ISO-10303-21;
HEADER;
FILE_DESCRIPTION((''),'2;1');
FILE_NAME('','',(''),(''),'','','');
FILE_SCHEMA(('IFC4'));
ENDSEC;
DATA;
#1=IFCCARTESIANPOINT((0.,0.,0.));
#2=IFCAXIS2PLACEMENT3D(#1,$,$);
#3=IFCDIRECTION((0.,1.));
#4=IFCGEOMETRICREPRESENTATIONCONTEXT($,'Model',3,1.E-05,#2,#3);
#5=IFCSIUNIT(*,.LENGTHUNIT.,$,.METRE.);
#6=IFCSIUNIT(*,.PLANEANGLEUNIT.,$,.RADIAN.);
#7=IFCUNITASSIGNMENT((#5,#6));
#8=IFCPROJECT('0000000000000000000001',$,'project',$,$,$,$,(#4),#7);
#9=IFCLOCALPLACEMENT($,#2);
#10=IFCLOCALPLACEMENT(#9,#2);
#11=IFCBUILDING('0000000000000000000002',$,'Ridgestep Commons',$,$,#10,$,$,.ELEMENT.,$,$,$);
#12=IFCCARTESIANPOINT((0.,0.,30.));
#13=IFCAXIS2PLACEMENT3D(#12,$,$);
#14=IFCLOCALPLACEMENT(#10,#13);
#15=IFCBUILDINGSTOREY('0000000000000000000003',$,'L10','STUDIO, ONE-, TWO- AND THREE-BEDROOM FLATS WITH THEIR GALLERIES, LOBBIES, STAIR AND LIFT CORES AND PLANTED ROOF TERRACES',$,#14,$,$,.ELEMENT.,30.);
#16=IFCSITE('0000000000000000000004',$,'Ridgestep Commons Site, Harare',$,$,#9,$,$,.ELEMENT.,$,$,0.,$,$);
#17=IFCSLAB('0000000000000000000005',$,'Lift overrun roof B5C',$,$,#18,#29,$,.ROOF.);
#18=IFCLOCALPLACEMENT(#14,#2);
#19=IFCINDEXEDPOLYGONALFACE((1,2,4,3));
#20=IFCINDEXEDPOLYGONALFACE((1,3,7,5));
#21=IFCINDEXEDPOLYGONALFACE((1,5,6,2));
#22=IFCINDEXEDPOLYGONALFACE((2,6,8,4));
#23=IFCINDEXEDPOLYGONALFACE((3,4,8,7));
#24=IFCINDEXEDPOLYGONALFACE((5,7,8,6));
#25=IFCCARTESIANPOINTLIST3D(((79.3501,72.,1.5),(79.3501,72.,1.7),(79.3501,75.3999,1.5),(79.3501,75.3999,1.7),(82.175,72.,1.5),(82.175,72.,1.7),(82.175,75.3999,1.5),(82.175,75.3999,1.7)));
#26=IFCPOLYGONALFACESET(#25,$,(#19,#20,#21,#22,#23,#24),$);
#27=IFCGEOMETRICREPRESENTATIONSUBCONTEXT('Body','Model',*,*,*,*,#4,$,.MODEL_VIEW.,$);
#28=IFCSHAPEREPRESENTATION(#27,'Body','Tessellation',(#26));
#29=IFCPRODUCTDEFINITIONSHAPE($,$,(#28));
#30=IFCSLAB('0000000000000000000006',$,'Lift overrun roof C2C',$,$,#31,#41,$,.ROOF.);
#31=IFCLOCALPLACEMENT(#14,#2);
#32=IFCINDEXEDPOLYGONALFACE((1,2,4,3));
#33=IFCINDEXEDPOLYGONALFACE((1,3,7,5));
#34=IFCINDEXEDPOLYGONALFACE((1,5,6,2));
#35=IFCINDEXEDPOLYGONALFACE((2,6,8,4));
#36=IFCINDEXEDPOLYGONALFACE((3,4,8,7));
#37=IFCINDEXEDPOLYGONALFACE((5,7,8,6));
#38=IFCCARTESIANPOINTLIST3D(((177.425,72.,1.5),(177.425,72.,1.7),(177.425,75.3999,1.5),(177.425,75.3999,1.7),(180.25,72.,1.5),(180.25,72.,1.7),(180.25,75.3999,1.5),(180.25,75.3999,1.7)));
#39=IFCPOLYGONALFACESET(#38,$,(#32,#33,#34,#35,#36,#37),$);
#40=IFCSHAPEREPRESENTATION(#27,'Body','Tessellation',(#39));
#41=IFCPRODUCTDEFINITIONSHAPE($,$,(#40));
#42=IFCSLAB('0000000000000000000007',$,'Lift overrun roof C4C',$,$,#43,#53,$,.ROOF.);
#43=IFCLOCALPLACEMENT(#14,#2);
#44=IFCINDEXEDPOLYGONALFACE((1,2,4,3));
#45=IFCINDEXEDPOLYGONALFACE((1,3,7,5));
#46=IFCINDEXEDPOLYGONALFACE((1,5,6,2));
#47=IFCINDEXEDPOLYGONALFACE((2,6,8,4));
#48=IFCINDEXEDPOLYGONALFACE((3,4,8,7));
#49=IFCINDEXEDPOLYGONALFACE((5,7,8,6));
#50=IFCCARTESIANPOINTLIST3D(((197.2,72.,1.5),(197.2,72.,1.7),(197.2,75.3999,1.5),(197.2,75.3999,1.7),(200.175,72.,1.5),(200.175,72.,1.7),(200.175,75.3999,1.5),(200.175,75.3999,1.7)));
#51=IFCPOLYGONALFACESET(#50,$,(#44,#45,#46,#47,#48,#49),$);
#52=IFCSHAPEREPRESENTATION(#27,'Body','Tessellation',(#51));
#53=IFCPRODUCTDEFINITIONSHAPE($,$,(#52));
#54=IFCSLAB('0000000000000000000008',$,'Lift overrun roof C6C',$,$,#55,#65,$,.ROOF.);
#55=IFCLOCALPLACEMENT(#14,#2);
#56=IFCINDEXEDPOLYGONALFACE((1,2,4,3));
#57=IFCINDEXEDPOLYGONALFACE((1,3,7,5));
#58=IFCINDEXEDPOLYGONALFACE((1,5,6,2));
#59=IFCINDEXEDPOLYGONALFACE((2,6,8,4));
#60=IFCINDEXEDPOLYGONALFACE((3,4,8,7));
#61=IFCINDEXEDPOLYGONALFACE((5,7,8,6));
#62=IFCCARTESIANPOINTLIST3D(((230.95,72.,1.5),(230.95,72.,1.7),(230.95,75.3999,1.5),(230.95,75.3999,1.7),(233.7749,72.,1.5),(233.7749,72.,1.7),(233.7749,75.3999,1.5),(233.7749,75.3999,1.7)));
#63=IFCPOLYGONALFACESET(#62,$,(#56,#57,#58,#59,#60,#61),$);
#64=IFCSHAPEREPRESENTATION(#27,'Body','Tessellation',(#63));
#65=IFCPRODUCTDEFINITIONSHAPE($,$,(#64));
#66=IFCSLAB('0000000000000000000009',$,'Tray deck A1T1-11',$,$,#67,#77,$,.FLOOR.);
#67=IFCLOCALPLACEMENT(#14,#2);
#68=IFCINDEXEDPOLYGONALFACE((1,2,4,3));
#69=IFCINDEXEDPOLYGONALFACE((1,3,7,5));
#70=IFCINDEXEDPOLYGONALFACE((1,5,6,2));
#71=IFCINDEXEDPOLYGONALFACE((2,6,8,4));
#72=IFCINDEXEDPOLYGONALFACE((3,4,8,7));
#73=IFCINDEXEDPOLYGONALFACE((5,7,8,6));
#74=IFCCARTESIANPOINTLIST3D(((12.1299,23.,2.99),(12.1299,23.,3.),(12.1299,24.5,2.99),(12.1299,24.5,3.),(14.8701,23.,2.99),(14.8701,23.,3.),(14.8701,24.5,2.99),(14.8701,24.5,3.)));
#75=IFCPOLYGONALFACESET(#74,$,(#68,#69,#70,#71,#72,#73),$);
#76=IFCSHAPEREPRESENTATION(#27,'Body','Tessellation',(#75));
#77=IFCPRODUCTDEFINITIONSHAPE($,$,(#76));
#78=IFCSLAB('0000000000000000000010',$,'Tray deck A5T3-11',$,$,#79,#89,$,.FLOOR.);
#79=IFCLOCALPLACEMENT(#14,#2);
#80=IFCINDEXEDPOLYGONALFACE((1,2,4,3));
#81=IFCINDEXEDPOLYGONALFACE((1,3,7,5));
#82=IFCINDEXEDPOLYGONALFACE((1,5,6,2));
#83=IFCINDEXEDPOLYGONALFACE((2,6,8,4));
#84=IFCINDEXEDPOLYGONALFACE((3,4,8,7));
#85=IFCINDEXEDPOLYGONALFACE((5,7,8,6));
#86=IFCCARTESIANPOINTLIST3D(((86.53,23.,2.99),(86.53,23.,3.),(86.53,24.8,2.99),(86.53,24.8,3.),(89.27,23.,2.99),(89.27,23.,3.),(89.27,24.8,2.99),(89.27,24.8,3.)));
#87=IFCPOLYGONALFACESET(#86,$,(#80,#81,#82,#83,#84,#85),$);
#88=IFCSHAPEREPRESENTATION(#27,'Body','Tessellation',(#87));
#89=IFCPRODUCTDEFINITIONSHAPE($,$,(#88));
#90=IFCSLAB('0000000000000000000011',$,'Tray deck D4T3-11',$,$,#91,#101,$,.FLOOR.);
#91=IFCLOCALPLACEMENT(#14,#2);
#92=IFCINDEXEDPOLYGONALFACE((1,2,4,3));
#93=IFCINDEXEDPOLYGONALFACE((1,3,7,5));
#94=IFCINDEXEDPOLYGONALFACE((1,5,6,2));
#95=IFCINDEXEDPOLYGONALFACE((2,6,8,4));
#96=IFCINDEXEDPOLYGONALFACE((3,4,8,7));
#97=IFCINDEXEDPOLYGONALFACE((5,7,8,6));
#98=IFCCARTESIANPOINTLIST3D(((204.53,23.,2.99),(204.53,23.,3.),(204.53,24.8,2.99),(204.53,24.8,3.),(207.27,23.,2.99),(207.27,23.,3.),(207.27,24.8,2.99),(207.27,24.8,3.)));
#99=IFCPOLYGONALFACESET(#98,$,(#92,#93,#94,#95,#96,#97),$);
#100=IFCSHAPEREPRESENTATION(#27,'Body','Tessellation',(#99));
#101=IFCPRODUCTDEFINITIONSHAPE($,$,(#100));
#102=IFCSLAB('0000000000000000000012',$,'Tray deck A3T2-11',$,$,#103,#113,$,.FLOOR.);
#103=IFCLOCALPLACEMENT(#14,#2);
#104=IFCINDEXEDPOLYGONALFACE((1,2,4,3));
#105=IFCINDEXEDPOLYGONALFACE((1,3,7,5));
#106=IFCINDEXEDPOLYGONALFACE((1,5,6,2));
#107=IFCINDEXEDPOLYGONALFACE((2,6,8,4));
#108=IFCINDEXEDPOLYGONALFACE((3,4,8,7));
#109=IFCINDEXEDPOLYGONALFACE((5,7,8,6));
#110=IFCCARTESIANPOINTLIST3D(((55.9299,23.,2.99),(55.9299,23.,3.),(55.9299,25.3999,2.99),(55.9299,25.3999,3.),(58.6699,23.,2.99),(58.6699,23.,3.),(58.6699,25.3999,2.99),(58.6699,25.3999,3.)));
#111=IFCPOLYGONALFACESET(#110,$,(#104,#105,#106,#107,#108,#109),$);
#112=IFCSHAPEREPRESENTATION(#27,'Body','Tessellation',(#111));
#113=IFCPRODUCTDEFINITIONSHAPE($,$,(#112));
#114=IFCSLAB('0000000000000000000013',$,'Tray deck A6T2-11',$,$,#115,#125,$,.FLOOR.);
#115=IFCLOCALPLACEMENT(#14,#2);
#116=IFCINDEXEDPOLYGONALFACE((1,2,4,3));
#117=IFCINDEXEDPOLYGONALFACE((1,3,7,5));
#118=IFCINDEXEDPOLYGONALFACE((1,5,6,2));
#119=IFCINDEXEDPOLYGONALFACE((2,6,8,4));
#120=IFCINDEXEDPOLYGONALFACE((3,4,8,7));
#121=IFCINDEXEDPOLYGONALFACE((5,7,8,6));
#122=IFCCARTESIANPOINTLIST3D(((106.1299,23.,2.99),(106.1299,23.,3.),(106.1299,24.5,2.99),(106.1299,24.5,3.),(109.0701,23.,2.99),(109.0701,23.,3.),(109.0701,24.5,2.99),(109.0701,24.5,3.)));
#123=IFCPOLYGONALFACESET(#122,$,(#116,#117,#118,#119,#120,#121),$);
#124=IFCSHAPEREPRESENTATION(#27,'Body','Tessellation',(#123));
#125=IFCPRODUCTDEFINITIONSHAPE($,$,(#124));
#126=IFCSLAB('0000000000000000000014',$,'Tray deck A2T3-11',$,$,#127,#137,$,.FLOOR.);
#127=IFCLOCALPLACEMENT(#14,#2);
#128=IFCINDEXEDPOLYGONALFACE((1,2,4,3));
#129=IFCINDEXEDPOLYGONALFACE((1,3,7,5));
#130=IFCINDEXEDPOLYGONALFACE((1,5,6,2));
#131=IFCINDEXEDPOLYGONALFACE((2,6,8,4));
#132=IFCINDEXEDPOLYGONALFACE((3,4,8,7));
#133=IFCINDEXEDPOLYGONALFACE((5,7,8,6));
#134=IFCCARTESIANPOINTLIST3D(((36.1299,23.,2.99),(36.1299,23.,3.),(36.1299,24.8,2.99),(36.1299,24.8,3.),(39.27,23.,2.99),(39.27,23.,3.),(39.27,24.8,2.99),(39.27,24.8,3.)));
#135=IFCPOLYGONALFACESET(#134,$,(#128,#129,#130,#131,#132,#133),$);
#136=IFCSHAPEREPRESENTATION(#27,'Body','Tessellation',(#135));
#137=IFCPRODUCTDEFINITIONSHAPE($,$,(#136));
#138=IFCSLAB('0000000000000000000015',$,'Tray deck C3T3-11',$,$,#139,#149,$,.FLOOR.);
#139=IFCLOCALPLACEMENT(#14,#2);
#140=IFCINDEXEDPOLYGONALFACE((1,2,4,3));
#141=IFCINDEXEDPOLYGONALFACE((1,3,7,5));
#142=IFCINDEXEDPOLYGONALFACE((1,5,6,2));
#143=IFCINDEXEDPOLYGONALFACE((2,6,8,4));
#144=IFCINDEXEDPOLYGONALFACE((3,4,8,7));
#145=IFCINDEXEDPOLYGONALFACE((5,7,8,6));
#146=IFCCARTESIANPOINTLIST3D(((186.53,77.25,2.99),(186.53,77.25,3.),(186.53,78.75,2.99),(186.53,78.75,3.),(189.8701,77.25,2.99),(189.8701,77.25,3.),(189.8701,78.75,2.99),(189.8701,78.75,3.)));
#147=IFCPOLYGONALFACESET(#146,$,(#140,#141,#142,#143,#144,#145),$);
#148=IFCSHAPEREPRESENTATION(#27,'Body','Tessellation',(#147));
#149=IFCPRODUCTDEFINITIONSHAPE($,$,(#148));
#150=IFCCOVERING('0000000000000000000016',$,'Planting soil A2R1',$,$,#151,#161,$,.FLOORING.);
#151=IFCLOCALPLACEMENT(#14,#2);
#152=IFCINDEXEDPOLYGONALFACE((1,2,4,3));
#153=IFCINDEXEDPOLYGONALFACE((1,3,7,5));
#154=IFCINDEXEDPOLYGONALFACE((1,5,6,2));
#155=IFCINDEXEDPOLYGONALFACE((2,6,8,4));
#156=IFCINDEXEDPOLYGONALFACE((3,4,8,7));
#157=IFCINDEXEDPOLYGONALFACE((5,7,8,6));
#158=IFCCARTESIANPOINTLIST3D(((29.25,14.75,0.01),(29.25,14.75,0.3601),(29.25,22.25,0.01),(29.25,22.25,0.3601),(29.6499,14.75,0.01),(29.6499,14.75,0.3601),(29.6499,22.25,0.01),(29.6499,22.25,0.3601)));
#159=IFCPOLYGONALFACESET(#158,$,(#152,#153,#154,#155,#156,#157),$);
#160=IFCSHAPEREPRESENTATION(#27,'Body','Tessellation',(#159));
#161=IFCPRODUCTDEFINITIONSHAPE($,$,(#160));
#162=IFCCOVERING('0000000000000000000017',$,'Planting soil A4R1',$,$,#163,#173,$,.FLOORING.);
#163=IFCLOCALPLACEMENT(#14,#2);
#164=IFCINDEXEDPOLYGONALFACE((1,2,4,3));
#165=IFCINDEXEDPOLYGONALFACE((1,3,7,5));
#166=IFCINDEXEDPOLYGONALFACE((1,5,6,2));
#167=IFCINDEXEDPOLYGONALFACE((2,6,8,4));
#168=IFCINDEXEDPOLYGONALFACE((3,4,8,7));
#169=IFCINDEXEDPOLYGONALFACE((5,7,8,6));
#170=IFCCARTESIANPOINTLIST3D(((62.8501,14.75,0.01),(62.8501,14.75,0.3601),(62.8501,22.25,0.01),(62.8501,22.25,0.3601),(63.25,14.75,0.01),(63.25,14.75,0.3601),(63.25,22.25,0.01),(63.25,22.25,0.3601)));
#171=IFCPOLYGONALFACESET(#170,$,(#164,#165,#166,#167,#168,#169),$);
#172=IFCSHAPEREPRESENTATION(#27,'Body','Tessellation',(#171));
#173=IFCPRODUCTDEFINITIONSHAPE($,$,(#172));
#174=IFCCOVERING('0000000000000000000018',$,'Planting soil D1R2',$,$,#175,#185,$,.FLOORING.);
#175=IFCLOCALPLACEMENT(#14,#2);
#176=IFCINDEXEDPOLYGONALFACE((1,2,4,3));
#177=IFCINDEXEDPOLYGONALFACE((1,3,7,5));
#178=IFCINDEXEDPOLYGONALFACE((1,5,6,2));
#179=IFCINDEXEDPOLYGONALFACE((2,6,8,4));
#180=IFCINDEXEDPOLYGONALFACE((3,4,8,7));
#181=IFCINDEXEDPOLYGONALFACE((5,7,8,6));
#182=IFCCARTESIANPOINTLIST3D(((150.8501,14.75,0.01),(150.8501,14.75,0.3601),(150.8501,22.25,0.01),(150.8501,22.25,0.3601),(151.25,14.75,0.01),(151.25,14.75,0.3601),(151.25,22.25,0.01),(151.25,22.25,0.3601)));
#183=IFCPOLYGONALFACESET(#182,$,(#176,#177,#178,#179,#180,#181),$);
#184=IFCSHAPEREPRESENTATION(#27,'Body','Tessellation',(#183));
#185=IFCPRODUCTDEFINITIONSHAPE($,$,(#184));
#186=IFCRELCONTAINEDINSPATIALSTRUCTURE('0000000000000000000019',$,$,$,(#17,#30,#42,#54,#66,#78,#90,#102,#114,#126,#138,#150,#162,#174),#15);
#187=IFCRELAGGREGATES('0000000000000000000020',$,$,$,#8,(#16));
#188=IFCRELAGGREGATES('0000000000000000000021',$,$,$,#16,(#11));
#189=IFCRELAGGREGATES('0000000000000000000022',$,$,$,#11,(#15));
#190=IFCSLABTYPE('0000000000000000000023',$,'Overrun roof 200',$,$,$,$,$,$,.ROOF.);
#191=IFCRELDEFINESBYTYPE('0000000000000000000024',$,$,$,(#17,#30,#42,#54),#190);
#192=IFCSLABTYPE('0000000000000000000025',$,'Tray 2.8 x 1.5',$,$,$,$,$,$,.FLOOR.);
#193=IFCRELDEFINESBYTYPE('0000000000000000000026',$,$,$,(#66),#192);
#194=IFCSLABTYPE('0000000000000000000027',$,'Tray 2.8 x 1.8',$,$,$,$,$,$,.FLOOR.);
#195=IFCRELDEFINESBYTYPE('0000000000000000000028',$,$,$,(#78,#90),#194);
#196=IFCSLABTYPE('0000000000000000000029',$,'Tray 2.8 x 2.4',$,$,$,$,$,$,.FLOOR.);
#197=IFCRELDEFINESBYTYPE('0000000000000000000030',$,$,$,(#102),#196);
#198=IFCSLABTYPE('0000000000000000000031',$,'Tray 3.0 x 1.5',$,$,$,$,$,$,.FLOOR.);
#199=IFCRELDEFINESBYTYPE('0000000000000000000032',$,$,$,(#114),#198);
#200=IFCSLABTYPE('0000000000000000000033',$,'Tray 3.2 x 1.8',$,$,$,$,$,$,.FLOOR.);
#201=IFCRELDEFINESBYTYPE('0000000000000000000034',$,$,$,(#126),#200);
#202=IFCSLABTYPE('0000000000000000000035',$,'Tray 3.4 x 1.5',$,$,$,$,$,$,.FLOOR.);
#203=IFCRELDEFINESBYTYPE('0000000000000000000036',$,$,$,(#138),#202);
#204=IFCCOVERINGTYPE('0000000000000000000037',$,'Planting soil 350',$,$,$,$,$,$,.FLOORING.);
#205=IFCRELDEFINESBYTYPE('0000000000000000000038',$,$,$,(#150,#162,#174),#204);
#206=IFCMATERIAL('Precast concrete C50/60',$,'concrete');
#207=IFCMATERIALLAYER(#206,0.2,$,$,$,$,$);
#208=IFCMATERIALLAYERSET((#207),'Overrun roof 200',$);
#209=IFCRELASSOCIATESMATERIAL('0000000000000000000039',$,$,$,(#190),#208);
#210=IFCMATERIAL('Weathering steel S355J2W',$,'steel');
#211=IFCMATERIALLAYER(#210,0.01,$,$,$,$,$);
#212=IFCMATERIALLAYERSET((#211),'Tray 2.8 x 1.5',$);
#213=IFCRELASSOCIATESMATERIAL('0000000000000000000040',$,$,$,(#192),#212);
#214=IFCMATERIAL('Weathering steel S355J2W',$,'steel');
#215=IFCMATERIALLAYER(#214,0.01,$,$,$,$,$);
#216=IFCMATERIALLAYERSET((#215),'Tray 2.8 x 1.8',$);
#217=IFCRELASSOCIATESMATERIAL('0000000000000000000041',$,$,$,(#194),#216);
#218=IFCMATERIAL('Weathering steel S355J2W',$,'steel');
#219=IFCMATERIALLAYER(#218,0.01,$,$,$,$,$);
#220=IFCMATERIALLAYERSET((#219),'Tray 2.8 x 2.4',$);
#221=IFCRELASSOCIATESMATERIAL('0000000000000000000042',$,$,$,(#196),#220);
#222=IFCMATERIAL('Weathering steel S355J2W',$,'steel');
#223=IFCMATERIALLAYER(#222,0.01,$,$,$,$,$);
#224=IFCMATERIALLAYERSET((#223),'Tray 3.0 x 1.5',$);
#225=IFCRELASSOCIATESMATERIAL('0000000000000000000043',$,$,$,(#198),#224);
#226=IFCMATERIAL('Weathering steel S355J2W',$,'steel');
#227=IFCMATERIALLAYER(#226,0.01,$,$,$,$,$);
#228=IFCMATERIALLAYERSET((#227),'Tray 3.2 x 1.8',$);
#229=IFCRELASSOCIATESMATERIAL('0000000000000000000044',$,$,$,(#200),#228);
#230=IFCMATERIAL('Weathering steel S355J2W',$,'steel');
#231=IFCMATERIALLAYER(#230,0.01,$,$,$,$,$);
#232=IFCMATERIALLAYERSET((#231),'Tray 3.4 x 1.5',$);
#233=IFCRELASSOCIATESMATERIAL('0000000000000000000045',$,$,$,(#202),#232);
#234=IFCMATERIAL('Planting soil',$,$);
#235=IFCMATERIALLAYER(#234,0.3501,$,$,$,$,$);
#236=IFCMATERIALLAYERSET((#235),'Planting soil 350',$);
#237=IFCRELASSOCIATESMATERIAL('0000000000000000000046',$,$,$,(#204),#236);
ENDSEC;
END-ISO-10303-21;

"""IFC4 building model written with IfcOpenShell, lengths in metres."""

from ifc_helpers import new_model, si_unit, direction, frame, origin, place, context, subcontext, project, spatial, polyline, outline, extrude, material, layer, layer_set, type_object, element, save


model = new_model("IFC4")

# Units and contexts
model_context = context("Model", 3, precision=1e-05, world=origin(), true_north=direction((0.0, 1.0)))
body_context = subcontext(model_context, "Body", "Model", "MODEL_VIEW")
ifc_project = project(units=[si_unit("LENGTHUNIT", "METRE"), si_unit("PLANEANGLEUNIT", "RADIAN")], contexts=[model_context])

# Site, building, storey
site_placement = place(None, origin())
site = spatial("IfcSite", under=ifc_project, at=site_placement, Name="Ridgestep Commons Site, Harare", CompositionType="ELEMENT", RefElevation=0.0)
building_placement = place(site_placement, origin())
building = spatial("IfcBuilding", under=site, at=building_placement, Name="Ridgestep Commons", CompositionType="ELEMENT")
storey_placement = place(building_placement, frame((0.0, 0.0, 30.0)))
storey = spatial("IfcBuildingStorey", under=building, at=storey_placement, Name="L10", Description="STUDIO, ONE-, TWO- AND THREE-BEDROOM FLATS WITH THEIR GALLERIES, LOBBIES, STAIR AND LIFT CORES AND PLANTED ROOF TERRACES", CompositionType="ELEMENT", Elevation=30.0)

# Slabs
ifc_material_1 = material(Name="Precast concrete C50/60", Category="concrete")
ifc_layer_1 = layer(ifc_material_1, 0.2)
ifc_layer_set_1 = layer_set([ifc_layer_1], Name="Overrun roof 200")
slab_type_1 = type_object("IfcSlabType", Name="Overrun roof 200", PredefinedType="ROOF", material=ifc_layer_set_1)
slab_1_placement = place(storey_placement, frame((0.0, 0.0, 1.5)))
element("IfcSlab", 1, at=slab_1_placement, inside=storey, type_object=slab_type_1, Name="Lift overrun roof B5C", PredefinedType="ROOF", context=body_context, shape_type="SweptSolid", body=[
    extrude(outline(polyline([(82.175, 75.3999), (79.3501, 75.3999), (79.3501, 72.0), (82.175, 72.0), (82.175, 75.3999)])), origin(), (0.0, 0.0, 1.0), 0.2),
])
slab_2_placement = place(storey_placement, frame((0.0, 0.0, 1.5)))
element("IfcSlab", 2, at=slab_2_placement, inside=storey, type_object=slab_type_1, Name="Lift overrun roof C2C", PredefinedType="ROOF", context=body_context, shape_type="SweptSolid", body=[
    extrude(outline(polyline([(177.425, 72.0), (180.25, 72.0), (180.25, 75.3999), (177.425, 75.3999), (177.425, 72.0)])), origin(), (0.0, 0.0, 1.0), 0.2),
])
slab_3_placement = place(storey_placement, frame((0.0, 0.0, 1.5)))
element("IfcSlab", 3, at=slab_3_placement, inside=storey, type_object=slab_type_1, Name="Lift overrun roof C4C", PredefinedType="ROOF", context=body_context, shape_type="SweptSolid", body=[
    extrude(outline(polyline([(200.175, 72.0), (200.175, 75.3999), (197.2, 75.3999), (197.2, 72.0), (200.175, 72.0)])), origin(), (0.0, 0.0, 1.0), 0.2),
])
slab_4_placement = place(storey_placement, frame((0.0, 0.0, 1.5)))
element("IfcSlab", 4, at=slab_4_placement, inside=storey, type_object=slab_type_1, Name="Lift overrun roof C6C", PredefinedType="ROOF", context=body_context, shape_type="SweptSolid", body=[
    extrude(outline(polyline([(233.7749, 75.3999), (230.95, 75.3999), (230.95, 72.0), (233.7749, 72.0), (233.7749, 75.3999)])), origin(), (0.0, 0.0, 1.0), 0.2),
])
ifc_material_2 = material(Name="Weathering steel S355J2W", Category="steel")
ifc_layer_2 = layer(ifc_material_2, 0.01)
ifc_layer_set_2 = layer_set([ifc_layer_2], Name="Tray 2.8 x 1.5")
slab_type_2 = type_object("IfcSlabType", Name="Tray 2.8 x 1.5", PredefinedType="FLOOR", material=ifc_layer_set_2)
slab_5_placement = place(storey_placement, frame((0.0, 0.0, 2.99)))
element("IfcSlab", 5, at=slab_5_placement, inside=storey, type_object=slab_type_2, Name="Tray deck A1T1-11", PredefinedType="FLOOR", context=body_context, shape_type="SweptSolid", body=[
    extrude(outline(polyline([(12.1299, 23.0), (14.8701, 23.0), (14.8701, 24.5), (12.1299, 24.5), (12.1299, 23.0)])), origin(), (0.0, 0.0, 1.0), 0.01),
])
ifc_material_3 = material(Name="Weathering steel S355J2W", Category="steel")
ifc_layer_3 = layer(ifc_material_3, 0.01)
ifc_layer_set_3 = layer_set([ifc_layer_3], Name="Tray 2.8 x 1.8")
slab_type_3 = type_object("IfcSlabType", Name="Tray 2.8 x 1.8", PredefinedType="FLOOR", material=ifc_layer_set_3)
slab_6_placement = place(storey_placement, frame((0.0, 0.0, 2.99)))
element("IfcSlab", 6, at=slab_6_placement, inside=storey, type_object=slab_type_3, Name="Tray deck A5T3-11", PredefinedType="FLOOR", context=body_context, shape_type="SweptSolid", body=[
    extrude(outline(polyline([(86.53, 23.0), (89.27, 23.0), (89.27, 24.8), (86.53, 24.8), (86.53, 23.0)])), origin(), (0.0, 0.0, 1.0), 0.01),
])
slab_7_placement = place(storey_placement, frame((0.0, 0.0, 2.99)))
element("IfcSlab", 7, at=slab_7_placement, inside=storey, type_object=slab_type_3, Name="Tray deck D4T3-11", PredefinedType="FLOOR", context=body_context, shape_type="SweptSolid", body=[
    extrude(outline(polyline([(204.53, 23.0), (207.27, 23.0), (207.27, 24.8), (204.53, 24.8), (204.53, 23.0)])), origin(), (0.0, 0.0, 1.0), 0.01),
])
ifc_material_4 = material(Name="Weathering steel S355J2W", Category="steel")
ifc_layer_4 = layer(ifc_material_4, 0.01)
ifc_layer_set_4 = layer_set([ifc_layer_4], Name="Tray 2.8 x 2.4")
slab_type_4 = type_object("IfcSlabType", Name="Tray 2.8 x 2.4", PredefinedType="FLOOR", material=ifc_layer_set_4)
slab_8_placement = place(storey_placement, frame((0.0, 0.0, 2.99)))
element("IfcSlab", 8, at=slab_8_placement, inside=storey, type_object=slab_type_4, Name="Tray deck A3T2-11", PredefinedType="FLOOR", context=body_context, shape_type="SweptSolid", body=[
    extrude(outline(polyline([(55.9299, 23.0), (58.6699, 23.0), (58.6699, 25.3999), (55.9299, 25.3999), (55.9299, 23.0)])), origin(), (0.0, 0.0, 1.0), 0.01),
])
ifc_material_5 = material(Name="Weathering steel S355J2W", Category="steel")
ifc_layer_5 = layer(ifc_material_5, 0.01)
ifc_layer_set_5 = layer_set([ifc_layer_5], Name="Tray 3.0 x 1.5")
slab_type_5 = type_object("IfcSlabType", Name="Tray 3.0 x 1.5", PredefinedType="FLOOR", material=ifc_layer_set_5)
slab_9_placement = place(storey_placement, frame((0.0, 0.0, 2.99)))
element("IfcSlab", 9, at=slab_9_placement, inside=storey, type_object=slab_type_5, Name="Tray deck A6T2-11", PredefinedType="FLOOR", context=body_context, shape_type="SweptSolid", body=[
    extrude(outline(polyline([(106.1299, 23.0), (109.0701, 23.0), (109.0701, 24.5), (106.1299, 24.5), (106.1299, 23.0)])), origin(), (0.0, 0.0, 1.0), 0.01),
])
ifc_material_6 = material(Name="Weathering steel S355J2W", Category="steel")
ifc_layer_6 = layer(ifc_material_6, 0.01)
ifc_layer_set_6 = layer_set([ifc_layer_6], Name="Tray 3.2 x 1.8")
slab_type_6 = type_object("IfcSlabType", Name="Tray 3.2 x 1.8", PredefinedType="FLOOR", material=ifc_layer_set_6)
slab_10_placement = place(storey_placement, frame((0.0, 0.0, 2.99)))
element("IfcSlab", 10, at=slab_10_placement, inside=storey, type_object=slab_type_6, Name="Tray deck A2T3-11", PredefinedType="FLOOR", context=body_context, shape_type="SweptSolid", body=[
    extrude(outline(polyline([(36.1299, 23.0), (39.27, 23.0), (39.27, 24.8), (36.1299, 24.8), (36.1299, 23.0)])), origin(), (0.0, 0.0, 1.0), 0.01),
])
ifc_material_7 = material(Name="Weathering steel S355J2W", Category="steel")
ifc_layer_7 = layer(ifc_material_7, 0.01)
ifc_layer_set_7 = layer_set([ifc_layer_7], Name="Tray 3.4 x 1.5")
slab_type_7 = type_object("IfcSlabType", Name="Tray 3.4 x 1.5", PredefinedType="FLOOR", material=ifc_layer_set_7)
slab_11_placement = place(storey_placement, frame((0.0, 0.0, 2.99)))
element("IfcSlab", 11, at=slab_11_placement, inside=storey, type_object=slab_type_7, Name="Tray deck C3T3-11", PredefinedType="FLOOR", context=body_context, shape_type="SweptSolid", body=[
    extrude(outline(polyline([(186.53, 77.25), (189.8701, 77.25), (189.8701, 78.75), (186.53, 78.75), (186.53, 77.25)])), origin(), (0.0, 0.0, 1.0), 0.01),
])

# Coverings
ifc_material_8 = material(Name="Planting soil")
ifc_layer_8 = layer(ifc_material_8, 0.3501)
ifc_layer_set_8 = layer_set([ifc_layer_8], Name="Planting soil 350")
covering_type_1 = type_object("IfcCoveringType", Name="Planting soil 350", PredefinedType="FLOORING", material=ifc_layer_set_8)
covering_1_placement = place(storey_placement, frame((0.0, 0.0, 0.01)))
element("IfcCovering", 12, at=covering_1_placement, inside=storey, type_object=covering_type_1, Name="Planting soil A2R1", PredefinedType="FLOORING", context=body_context, shape_type="SweptSolid", body=[
    extrude(outline(polyline([(29.25, 14.75), (29.6499, 14.75), (29.6499, 22.25), (29.25, 22.25), (29.25, 14.75)])), origin(), (0.0, 0.0, 1.0), 0.3501),
])
covering_2_placement = place(storey_placement, frame((0.0, 0.0, 0.01)))
element("IfcCovering", 13, at=covering_2_placement, inside=storey, type_object=covering_type_1, Name="Planting soil A4R1", PredefinedType="FLOORING", context=body_context, shape_type="SweptSolid", body=[
    extrude(outline(polyline([(62.8501, 14.75), (63.25, 14.75), (63.25, 22.25), (62.8501, 22.25), (62.8501, 14.75)])), origin(), (0.0, 0.0, 1.0), 0.3501),
])
covering_3_placement = place(storey_placement, frame((0.0, 0.0, 0.01)))
element("IfcCovering", 14, at=covering_3_placement, inside=storey, type_object=covering_type_1, Name="Planting soil D1R2", PredefinedType="FLOORING", context=body_context, shape_type="SweptSolid", body=[
    extrude(outline(polyline([(150.8501, 14.75), (151.25, 14.75), (151.25, 22.25), (150.8501, 22.25), (150.8501, 14.75)])), origin(), (0.0, 0.0, 1.0), 0.3501),
])

save(model, "model.ifc")
